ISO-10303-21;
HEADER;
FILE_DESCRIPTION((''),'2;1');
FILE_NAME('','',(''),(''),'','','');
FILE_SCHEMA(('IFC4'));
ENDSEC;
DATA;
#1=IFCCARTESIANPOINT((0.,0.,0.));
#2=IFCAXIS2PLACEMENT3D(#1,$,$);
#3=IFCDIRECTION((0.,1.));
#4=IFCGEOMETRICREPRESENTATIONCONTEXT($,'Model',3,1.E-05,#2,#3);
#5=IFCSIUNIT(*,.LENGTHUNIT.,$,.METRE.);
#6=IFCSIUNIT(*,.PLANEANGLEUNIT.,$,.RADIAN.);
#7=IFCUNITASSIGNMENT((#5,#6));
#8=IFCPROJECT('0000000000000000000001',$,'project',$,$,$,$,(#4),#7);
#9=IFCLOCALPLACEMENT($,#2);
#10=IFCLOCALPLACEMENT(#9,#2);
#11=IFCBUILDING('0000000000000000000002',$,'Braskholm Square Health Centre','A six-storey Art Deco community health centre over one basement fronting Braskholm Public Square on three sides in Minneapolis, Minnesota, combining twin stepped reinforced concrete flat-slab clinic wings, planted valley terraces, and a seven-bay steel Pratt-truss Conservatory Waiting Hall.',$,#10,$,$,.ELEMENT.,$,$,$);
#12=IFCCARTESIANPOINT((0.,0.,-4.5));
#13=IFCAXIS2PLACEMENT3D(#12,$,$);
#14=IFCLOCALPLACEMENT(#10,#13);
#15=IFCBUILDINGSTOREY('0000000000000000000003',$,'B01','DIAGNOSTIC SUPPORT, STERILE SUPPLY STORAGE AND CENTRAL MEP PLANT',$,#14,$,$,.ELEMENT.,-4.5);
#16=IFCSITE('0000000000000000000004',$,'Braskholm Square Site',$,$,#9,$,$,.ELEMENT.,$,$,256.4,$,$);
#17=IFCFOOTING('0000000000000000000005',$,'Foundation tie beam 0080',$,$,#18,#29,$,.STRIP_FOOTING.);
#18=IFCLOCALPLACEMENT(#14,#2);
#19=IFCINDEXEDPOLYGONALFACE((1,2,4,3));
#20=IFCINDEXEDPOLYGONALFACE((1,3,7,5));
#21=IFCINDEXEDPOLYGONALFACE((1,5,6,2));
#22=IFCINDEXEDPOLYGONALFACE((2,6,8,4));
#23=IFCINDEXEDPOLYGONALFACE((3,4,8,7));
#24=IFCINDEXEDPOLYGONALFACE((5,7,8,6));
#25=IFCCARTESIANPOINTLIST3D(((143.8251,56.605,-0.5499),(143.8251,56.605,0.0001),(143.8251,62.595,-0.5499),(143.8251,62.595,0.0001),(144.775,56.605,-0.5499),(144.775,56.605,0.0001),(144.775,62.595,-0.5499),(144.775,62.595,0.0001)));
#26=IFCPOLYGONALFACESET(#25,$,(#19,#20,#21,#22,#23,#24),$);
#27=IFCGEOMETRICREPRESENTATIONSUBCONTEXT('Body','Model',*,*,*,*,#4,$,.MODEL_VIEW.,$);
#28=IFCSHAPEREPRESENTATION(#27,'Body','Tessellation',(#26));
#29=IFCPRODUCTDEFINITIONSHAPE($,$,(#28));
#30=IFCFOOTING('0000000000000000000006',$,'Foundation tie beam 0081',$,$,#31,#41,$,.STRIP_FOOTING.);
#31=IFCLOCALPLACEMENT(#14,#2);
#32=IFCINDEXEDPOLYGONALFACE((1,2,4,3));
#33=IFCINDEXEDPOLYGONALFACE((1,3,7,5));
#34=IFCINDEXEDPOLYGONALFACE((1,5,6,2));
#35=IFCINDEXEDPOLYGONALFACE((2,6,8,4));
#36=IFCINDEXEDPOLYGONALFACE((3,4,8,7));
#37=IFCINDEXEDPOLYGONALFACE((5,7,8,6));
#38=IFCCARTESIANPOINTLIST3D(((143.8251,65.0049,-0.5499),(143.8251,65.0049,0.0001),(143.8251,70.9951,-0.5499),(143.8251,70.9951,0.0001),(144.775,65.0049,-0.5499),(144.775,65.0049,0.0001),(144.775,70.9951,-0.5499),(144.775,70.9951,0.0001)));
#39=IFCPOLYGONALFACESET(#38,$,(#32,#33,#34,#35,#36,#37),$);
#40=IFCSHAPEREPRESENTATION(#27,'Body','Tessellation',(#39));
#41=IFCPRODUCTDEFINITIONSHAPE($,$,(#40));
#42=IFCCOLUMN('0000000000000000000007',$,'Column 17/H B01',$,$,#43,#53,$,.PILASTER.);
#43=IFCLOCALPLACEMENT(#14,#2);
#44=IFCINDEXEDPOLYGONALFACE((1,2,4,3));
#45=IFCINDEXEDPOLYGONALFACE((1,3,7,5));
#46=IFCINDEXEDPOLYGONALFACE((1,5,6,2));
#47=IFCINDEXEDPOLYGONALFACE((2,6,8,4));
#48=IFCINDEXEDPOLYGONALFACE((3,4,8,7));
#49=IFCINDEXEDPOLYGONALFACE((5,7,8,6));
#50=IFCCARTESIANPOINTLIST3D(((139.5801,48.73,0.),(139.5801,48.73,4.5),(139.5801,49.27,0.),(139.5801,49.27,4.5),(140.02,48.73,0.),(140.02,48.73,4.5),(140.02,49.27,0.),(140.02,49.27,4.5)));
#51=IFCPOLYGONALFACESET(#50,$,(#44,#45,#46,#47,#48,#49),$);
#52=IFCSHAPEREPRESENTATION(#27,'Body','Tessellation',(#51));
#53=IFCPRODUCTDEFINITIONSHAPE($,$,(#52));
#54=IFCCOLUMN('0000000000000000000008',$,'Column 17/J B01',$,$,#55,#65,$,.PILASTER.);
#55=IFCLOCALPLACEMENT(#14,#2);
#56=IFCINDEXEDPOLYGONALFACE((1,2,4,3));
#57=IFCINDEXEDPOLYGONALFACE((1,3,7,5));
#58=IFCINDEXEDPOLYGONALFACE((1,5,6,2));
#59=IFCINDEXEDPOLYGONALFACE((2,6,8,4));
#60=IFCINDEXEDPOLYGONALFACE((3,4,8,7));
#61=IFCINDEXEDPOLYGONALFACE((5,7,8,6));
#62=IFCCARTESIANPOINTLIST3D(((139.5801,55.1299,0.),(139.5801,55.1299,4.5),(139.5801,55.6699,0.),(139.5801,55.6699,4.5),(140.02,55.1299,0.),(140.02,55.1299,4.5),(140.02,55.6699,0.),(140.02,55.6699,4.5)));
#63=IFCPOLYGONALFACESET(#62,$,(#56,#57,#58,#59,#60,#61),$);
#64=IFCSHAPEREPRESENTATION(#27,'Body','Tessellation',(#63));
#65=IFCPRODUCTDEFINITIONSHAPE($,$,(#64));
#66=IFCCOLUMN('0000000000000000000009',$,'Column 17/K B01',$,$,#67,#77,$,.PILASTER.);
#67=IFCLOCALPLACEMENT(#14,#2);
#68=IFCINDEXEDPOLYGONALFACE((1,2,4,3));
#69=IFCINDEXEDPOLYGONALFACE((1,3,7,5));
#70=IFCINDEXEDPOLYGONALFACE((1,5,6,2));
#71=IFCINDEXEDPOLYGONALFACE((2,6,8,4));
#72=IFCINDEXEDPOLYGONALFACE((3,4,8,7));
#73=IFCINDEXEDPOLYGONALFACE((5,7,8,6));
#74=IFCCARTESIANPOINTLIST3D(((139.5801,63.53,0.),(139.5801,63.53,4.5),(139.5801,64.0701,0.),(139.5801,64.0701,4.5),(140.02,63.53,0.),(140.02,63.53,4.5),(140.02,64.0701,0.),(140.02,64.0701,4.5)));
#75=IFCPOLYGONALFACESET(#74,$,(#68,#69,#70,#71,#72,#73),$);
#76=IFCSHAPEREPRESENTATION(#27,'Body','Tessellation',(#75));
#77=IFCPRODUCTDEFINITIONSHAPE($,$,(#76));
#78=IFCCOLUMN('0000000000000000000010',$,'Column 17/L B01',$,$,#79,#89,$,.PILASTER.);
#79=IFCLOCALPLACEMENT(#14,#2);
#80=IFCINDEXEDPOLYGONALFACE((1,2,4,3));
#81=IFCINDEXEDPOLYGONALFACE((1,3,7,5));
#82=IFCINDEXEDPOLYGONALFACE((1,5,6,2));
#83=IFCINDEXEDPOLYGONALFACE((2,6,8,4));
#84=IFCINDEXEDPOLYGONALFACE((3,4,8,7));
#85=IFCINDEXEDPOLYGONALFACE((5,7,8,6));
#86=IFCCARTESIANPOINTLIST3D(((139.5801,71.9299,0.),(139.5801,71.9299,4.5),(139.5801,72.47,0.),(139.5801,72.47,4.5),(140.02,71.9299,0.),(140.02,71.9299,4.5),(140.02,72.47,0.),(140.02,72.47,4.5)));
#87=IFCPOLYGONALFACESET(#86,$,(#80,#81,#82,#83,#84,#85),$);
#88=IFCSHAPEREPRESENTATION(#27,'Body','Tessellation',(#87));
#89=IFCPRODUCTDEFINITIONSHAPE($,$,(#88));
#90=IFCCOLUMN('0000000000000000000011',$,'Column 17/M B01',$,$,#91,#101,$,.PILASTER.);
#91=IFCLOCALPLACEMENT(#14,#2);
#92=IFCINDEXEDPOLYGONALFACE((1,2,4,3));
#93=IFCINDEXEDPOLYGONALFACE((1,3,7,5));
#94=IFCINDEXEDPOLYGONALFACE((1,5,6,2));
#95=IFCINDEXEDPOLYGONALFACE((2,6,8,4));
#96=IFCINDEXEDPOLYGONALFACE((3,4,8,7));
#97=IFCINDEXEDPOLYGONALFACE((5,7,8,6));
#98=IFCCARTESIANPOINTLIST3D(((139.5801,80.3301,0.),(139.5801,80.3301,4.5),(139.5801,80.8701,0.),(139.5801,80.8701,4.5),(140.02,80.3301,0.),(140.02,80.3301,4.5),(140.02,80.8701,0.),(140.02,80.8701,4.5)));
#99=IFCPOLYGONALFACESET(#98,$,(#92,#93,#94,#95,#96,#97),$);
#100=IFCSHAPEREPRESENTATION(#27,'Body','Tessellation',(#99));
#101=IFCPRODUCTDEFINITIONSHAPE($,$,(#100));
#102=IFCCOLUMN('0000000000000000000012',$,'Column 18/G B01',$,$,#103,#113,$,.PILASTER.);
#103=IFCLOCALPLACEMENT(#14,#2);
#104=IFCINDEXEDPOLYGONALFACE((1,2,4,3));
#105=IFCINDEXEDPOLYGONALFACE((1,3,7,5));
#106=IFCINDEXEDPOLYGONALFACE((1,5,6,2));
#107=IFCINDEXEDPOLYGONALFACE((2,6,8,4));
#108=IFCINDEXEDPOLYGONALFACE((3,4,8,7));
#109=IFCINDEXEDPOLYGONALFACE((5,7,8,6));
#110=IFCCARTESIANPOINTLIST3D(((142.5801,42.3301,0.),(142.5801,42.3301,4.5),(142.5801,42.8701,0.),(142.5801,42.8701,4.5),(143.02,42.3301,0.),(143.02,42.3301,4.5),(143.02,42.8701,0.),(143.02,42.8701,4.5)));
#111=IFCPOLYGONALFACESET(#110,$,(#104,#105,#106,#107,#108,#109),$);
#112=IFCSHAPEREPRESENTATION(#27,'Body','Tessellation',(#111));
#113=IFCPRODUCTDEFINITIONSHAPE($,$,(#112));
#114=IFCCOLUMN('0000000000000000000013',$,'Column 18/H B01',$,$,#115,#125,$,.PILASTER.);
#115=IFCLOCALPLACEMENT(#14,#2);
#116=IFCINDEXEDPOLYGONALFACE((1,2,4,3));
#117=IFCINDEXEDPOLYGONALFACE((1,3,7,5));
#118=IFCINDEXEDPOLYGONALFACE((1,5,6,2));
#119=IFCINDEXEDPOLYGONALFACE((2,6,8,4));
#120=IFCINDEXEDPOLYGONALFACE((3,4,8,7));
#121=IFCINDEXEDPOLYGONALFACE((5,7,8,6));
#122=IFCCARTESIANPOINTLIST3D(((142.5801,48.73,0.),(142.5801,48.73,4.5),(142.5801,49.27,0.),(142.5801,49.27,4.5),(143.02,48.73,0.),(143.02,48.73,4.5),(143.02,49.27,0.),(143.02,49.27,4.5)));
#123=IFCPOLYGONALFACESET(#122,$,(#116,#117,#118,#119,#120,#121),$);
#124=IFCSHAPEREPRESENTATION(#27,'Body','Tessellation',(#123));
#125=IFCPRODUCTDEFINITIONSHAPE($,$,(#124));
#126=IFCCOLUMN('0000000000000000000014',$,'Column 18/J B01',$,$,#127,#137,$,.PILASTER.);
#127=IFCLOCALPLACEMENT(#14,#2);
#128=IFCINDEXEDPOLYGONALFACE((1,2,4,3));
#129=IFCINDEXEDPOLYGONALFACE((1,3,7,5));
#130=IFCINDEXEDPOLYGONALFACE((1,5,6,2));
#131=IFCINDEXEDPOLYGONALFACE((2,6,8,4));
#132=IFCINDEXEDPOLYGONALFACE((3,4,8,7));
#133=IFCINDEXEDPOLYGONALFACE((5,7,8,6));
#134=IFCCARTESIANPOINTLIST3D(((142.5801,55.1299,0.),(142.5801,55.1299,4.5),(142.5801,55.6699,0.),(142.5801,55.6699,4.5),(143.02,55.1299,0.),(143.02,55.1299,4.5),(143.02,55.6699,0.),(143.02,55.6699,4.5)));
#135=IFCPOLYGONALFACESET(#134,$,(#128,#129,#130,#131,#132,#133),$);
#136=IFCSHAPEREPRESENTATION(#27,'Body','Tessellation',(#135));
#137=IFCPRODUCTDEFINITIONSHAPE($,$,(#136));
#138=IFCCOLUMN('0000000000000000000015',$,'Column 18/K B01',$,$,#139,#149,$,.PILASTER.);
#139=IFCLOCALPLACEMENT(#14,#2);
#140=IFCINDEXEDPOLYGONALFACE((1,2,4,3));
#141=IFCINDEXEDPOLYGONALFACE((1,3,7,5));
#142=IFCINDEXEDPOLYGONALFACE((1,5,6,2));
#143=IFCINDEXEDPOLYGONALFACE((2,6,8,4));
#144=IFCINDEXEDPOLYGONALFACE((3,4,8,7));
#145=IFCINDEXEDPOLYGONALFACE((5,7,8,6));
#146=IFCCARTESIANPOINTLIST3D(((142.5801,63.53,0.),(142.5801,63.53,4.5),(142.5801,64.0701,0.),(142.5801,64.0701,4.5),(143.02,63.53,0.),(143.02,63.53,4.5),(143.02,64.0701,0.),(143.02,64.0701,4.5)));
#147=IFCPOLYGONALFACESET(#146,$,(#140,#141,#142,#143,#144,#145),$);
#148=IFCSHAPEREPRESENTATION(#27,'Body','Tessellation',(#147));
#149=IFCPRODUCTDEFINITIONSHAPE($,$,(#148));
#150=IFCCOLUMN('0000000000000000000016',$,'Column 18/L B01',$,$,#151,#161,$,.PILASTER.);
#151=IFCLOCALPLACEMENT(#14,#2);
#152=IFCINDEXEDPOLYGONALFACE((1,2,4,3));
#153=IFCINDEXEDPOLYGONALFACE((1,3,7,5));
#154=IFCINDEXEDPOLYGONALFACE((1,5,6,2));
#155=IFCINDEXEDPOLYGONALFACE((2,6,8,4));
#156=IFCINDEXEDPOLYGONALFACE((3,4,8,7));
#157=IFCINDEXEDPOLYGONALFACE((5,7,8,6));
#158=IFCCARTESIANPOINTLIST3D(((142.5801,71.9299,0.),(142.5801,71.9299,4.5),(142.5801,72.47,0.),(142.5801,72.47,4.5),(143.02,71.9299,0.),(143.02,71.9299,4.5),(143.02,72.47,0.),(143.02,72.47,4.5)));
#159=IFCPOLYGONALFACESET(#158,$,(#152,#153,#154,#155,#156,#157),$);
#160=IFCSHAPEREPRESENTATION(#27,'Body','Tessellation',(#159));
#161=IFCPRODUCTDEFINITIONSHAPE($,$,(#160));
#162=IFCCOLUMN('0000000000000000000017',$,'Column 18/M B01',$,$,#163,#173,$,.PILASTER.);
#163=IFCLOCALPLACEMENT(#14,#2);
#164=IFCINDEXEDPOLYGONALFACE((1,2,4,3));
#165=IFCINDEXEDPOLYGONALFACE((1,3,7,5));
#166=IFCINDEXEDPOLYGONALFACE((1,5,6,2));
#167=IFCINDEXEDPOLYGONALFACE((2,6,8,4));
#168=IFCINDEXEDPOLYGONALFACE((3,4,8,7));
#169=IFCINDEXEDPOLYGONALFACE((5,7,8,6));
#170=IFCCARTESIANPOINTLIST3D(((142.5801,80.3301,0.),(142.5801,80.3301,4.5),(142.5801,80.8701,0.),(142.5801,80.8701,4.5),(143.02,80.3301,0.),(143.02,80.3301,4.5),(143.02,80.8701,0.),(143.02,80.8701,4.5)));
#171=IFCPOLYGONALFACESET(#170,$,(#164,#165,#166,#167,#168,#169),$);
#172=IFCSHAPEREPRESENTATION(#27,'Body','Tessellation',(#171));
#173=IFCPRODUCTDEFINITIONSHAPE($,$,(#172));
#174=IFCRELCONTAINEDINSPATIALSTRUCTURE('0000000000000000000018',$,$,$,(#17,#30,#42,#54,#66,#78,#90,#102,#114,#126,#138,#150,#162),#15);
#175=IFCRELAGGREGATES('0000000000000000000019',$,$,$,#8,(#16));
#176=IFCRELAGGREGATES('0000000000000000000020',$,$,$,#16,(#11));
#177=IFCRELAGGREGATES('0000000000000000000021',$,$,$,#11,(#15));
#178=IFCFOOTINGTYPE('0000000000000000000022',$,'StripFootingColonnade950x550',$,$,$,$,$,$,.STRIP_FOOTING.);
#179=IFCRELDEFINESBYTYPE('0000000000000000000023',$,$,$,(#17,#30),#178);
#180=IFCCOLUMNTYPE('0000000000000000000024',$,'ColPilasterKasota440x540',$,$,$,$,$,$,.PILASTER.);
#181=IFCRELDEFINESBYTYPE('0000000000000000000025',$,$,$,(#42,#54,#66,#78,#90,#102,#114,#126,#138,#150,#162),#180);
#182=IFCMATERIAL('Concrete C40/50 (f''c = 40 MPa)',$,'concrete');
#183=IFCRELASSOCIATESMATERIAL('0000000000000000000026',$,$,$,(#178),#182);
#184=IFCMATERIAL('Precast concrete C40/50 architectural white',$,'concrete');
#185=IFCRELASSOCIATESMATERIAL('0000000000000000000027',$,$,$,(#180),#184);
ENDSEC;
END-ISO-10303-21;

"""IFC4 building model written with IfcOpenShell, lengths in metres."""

from ifc_helpers import new_model, si_unit, direction, frame, origin, origin_2d, place, context, subcontext, project, spatial, rectangle, extrude, material, material_profile, profile_set, type_object, element, save


model = new_model("IFC4")

# Units and contexts
model_context = context("Model", 3, precision=1e-05, world=origin(), true_north=direction((0.0, 1.0)))
body_context = subcontext(model_context, "Body", "Model", "MODEL_VIEW")
ifc_project = project(units=[si_unit("LENGTHUNIT", "METRE"), si_unit("PLANEANGLEUNIT", "RADIAN")], contexts=[model_context])

# Site, building, storey
site_placement = place(None, origin())
site = spatial("IfcSite", under=ifc_project, at=site_placement, Name="Braskholm Square Site", CompositionType="ELEMENT", RefElevation=256.4)
building_placement = place(site_placement, origin())
building = spatial("IfcBuilding", under=site, at=building_placement, Name="Braskholm Square Health Centre", Description="A six-storey Art Deco community health centre over one basement fronting Braskholm Public Square on three sides in Minneapolis, Minnesota, combining twin stepped reinforced concrete flat-slab clinic wings, planted valley terraces, and a seven-bay steel Pratt-truss Conservatory Waiting Hall.", CompositionType="ELEMENT")
storey_placement = place(building_placement, frame((0.0, 0.0, -4.5)))
storey = spatial("IfcBuildingStorey", under=building, at=storey_placement, Name="B01", Description="DIAGNOSTIC SUPPORT, STERILE SUPPLY STORAGE AND CENTRAL MEP PLANT", CompositionType="ELEMENT", Elevation=-4.5)

# Shared definitions
ifc_material_1 = material(Name="Concrete C40/50 (f'c = 40 MPa)", Category="concrete")

# Footings
ifc_material_profile_1 = material_profile(ifc_material_1, rectangle(XDim=0.95, YDim=0.55, at=origin_2d()), Name="FTG-950X550")
ifc_profile_set_1 = profile_set([ifc_material_profile_1], Name="Concrete C40/50 (f'c = 40 MPa)")
footing_type_1 = type_object("IfcFootingType", Name="StripFootingColonnade950x550", PredefinedType="STRIP_FOOTING", material=ifc_profile_set_1)
footing_1_placement = place(storey_placement, frame((144.3, 56.605, -0.2749), z_axis=(0.0, 1.0, 0.0), x_axis=(-1.0, 0.0, 0.0)))
element("IfcFooting", 1, at=footing_1_placement, inside=storey, type_object=footing_type_1, Name="Foundation tie beam 0080", PredefinedType="STRIP_FOOTING", context=body_context, shape_type="SweptSolid", body=[
    extrude(rectangle(XDim=0.95, YDim=0.55, at=origin_2d()), origin(), (0.0, 0.0, 1.0), 5.99),
])
footing_2_placement = place(storey_placement, frame((144.3, 65.0049, -0.2749), z_axis=(0.0, 1.0, 0.0), x_axis=(-1.0, 0.0, 0.0)))
element("IfcFooting", 2, at=footing_2_placement, inside=storey, type_object=footing_type_1, Name="Foundation tie beam 0081", PredefinedType="STRIP_FOOTING", context=body_context, shape_type="SweptSolid", body=[
    extrude(rectangle(XDim=0.95, YDim=0.55, at=origin_2d()), origin(), (0.0, 0.0, 1.0), 5.9902),
])

# Columns
ifc_material_2 = material(Name="Precast concrete C40/50 architectural white", Category="concrete")
ifc_material_profile_2 = material_profile(ifc_material_2, rectangle(XDim=0.4399, YDim=0.54, at=origin_2d()), Name="RC-440X540")
ifc_profile_set_2 = profile_set([ifc_material_profile_2], Name="Precast concrete C40/50 architectural white")
column_type = type_object("IfcColumnType", Name="ColPilasterKasota440x540", PredefinedType="PILASTER", material=ifc_profile_set_2)
for number, where, z_axis, x_axis, name in (
    (3, (139.8, 49.0, 0.0), (0.0, 0.0, 1.0), (1.0, 0.0, 0.0), "Column 17/H B01"),
    (4, (139.8, 55.3999, 0.0), (0.0, 0.0, 1.0), (1.0, 0.0, 0.0), "Column 17/J B01"),
    (5, (139.8, 63.8, 0.0), (0.0, 0.0, 1.0), (1.0, 0.0, 0.0), "Column 17/K B01"),
    (6, (139.8, 72.2, 0.0), (0.0, 0.0, 1.0), (1.0, 0.0, 0.0), "Column 17/L B01"),
    (7, (139.8, 80.6001, 0.0), (0.0, 0.0, 1.0), (1.0, 0.0, 0.0), "Column 17/M B01"),
    (8, (142.8, 42.6001, 0.0), (0.0, 0.0, 1.0), (1.0, 0.0, 0.0), "Column 18/G B01"),
    (9, (142.8, 49.0, 0.0), (0.0, 0.0, 1.0), (1.0, 0.0, 0.0), "Column 18/H B01"),
    (10, (142.8, 55.3999, 0.0), (0.0, 0.0, 1.0), (1.0, 0.0, 0.0), "Column 18/J B01"),
    (11, (142.8, 63.8, 0.0), (0.0, 0.0, 1.0), (1.0, 0.0, 0.0), "Column 18/K B01"),
    (12, (142.8, 72.2, 0.0), (0.0, 0.0, 1.0), (1.0, 0.0, 0.0), "Column 18/L B01"),
    (13, (142.8, 80.6001, 0.0), (0.0, 0.0, 1.0), (1.0, 0.0, 0.0), "Column 18/M B01"),
):
    element("IfcColumn", number, at=place(storey_placement, frame(where, z_axis=z_axis, x_axis=x_axis)), inside=storey, type_object=column_type, Name=name, PredefinedType="PILASTER", context=body_context, shape_type="SweptSolid", body=[
        extrude(rectangle(XDim=0.4399, YDim=0.54, at=origin_2d()), origin(), (0.0, 0.0, 1.0), 4.5),
    ])

save(model, "model.ifc")
